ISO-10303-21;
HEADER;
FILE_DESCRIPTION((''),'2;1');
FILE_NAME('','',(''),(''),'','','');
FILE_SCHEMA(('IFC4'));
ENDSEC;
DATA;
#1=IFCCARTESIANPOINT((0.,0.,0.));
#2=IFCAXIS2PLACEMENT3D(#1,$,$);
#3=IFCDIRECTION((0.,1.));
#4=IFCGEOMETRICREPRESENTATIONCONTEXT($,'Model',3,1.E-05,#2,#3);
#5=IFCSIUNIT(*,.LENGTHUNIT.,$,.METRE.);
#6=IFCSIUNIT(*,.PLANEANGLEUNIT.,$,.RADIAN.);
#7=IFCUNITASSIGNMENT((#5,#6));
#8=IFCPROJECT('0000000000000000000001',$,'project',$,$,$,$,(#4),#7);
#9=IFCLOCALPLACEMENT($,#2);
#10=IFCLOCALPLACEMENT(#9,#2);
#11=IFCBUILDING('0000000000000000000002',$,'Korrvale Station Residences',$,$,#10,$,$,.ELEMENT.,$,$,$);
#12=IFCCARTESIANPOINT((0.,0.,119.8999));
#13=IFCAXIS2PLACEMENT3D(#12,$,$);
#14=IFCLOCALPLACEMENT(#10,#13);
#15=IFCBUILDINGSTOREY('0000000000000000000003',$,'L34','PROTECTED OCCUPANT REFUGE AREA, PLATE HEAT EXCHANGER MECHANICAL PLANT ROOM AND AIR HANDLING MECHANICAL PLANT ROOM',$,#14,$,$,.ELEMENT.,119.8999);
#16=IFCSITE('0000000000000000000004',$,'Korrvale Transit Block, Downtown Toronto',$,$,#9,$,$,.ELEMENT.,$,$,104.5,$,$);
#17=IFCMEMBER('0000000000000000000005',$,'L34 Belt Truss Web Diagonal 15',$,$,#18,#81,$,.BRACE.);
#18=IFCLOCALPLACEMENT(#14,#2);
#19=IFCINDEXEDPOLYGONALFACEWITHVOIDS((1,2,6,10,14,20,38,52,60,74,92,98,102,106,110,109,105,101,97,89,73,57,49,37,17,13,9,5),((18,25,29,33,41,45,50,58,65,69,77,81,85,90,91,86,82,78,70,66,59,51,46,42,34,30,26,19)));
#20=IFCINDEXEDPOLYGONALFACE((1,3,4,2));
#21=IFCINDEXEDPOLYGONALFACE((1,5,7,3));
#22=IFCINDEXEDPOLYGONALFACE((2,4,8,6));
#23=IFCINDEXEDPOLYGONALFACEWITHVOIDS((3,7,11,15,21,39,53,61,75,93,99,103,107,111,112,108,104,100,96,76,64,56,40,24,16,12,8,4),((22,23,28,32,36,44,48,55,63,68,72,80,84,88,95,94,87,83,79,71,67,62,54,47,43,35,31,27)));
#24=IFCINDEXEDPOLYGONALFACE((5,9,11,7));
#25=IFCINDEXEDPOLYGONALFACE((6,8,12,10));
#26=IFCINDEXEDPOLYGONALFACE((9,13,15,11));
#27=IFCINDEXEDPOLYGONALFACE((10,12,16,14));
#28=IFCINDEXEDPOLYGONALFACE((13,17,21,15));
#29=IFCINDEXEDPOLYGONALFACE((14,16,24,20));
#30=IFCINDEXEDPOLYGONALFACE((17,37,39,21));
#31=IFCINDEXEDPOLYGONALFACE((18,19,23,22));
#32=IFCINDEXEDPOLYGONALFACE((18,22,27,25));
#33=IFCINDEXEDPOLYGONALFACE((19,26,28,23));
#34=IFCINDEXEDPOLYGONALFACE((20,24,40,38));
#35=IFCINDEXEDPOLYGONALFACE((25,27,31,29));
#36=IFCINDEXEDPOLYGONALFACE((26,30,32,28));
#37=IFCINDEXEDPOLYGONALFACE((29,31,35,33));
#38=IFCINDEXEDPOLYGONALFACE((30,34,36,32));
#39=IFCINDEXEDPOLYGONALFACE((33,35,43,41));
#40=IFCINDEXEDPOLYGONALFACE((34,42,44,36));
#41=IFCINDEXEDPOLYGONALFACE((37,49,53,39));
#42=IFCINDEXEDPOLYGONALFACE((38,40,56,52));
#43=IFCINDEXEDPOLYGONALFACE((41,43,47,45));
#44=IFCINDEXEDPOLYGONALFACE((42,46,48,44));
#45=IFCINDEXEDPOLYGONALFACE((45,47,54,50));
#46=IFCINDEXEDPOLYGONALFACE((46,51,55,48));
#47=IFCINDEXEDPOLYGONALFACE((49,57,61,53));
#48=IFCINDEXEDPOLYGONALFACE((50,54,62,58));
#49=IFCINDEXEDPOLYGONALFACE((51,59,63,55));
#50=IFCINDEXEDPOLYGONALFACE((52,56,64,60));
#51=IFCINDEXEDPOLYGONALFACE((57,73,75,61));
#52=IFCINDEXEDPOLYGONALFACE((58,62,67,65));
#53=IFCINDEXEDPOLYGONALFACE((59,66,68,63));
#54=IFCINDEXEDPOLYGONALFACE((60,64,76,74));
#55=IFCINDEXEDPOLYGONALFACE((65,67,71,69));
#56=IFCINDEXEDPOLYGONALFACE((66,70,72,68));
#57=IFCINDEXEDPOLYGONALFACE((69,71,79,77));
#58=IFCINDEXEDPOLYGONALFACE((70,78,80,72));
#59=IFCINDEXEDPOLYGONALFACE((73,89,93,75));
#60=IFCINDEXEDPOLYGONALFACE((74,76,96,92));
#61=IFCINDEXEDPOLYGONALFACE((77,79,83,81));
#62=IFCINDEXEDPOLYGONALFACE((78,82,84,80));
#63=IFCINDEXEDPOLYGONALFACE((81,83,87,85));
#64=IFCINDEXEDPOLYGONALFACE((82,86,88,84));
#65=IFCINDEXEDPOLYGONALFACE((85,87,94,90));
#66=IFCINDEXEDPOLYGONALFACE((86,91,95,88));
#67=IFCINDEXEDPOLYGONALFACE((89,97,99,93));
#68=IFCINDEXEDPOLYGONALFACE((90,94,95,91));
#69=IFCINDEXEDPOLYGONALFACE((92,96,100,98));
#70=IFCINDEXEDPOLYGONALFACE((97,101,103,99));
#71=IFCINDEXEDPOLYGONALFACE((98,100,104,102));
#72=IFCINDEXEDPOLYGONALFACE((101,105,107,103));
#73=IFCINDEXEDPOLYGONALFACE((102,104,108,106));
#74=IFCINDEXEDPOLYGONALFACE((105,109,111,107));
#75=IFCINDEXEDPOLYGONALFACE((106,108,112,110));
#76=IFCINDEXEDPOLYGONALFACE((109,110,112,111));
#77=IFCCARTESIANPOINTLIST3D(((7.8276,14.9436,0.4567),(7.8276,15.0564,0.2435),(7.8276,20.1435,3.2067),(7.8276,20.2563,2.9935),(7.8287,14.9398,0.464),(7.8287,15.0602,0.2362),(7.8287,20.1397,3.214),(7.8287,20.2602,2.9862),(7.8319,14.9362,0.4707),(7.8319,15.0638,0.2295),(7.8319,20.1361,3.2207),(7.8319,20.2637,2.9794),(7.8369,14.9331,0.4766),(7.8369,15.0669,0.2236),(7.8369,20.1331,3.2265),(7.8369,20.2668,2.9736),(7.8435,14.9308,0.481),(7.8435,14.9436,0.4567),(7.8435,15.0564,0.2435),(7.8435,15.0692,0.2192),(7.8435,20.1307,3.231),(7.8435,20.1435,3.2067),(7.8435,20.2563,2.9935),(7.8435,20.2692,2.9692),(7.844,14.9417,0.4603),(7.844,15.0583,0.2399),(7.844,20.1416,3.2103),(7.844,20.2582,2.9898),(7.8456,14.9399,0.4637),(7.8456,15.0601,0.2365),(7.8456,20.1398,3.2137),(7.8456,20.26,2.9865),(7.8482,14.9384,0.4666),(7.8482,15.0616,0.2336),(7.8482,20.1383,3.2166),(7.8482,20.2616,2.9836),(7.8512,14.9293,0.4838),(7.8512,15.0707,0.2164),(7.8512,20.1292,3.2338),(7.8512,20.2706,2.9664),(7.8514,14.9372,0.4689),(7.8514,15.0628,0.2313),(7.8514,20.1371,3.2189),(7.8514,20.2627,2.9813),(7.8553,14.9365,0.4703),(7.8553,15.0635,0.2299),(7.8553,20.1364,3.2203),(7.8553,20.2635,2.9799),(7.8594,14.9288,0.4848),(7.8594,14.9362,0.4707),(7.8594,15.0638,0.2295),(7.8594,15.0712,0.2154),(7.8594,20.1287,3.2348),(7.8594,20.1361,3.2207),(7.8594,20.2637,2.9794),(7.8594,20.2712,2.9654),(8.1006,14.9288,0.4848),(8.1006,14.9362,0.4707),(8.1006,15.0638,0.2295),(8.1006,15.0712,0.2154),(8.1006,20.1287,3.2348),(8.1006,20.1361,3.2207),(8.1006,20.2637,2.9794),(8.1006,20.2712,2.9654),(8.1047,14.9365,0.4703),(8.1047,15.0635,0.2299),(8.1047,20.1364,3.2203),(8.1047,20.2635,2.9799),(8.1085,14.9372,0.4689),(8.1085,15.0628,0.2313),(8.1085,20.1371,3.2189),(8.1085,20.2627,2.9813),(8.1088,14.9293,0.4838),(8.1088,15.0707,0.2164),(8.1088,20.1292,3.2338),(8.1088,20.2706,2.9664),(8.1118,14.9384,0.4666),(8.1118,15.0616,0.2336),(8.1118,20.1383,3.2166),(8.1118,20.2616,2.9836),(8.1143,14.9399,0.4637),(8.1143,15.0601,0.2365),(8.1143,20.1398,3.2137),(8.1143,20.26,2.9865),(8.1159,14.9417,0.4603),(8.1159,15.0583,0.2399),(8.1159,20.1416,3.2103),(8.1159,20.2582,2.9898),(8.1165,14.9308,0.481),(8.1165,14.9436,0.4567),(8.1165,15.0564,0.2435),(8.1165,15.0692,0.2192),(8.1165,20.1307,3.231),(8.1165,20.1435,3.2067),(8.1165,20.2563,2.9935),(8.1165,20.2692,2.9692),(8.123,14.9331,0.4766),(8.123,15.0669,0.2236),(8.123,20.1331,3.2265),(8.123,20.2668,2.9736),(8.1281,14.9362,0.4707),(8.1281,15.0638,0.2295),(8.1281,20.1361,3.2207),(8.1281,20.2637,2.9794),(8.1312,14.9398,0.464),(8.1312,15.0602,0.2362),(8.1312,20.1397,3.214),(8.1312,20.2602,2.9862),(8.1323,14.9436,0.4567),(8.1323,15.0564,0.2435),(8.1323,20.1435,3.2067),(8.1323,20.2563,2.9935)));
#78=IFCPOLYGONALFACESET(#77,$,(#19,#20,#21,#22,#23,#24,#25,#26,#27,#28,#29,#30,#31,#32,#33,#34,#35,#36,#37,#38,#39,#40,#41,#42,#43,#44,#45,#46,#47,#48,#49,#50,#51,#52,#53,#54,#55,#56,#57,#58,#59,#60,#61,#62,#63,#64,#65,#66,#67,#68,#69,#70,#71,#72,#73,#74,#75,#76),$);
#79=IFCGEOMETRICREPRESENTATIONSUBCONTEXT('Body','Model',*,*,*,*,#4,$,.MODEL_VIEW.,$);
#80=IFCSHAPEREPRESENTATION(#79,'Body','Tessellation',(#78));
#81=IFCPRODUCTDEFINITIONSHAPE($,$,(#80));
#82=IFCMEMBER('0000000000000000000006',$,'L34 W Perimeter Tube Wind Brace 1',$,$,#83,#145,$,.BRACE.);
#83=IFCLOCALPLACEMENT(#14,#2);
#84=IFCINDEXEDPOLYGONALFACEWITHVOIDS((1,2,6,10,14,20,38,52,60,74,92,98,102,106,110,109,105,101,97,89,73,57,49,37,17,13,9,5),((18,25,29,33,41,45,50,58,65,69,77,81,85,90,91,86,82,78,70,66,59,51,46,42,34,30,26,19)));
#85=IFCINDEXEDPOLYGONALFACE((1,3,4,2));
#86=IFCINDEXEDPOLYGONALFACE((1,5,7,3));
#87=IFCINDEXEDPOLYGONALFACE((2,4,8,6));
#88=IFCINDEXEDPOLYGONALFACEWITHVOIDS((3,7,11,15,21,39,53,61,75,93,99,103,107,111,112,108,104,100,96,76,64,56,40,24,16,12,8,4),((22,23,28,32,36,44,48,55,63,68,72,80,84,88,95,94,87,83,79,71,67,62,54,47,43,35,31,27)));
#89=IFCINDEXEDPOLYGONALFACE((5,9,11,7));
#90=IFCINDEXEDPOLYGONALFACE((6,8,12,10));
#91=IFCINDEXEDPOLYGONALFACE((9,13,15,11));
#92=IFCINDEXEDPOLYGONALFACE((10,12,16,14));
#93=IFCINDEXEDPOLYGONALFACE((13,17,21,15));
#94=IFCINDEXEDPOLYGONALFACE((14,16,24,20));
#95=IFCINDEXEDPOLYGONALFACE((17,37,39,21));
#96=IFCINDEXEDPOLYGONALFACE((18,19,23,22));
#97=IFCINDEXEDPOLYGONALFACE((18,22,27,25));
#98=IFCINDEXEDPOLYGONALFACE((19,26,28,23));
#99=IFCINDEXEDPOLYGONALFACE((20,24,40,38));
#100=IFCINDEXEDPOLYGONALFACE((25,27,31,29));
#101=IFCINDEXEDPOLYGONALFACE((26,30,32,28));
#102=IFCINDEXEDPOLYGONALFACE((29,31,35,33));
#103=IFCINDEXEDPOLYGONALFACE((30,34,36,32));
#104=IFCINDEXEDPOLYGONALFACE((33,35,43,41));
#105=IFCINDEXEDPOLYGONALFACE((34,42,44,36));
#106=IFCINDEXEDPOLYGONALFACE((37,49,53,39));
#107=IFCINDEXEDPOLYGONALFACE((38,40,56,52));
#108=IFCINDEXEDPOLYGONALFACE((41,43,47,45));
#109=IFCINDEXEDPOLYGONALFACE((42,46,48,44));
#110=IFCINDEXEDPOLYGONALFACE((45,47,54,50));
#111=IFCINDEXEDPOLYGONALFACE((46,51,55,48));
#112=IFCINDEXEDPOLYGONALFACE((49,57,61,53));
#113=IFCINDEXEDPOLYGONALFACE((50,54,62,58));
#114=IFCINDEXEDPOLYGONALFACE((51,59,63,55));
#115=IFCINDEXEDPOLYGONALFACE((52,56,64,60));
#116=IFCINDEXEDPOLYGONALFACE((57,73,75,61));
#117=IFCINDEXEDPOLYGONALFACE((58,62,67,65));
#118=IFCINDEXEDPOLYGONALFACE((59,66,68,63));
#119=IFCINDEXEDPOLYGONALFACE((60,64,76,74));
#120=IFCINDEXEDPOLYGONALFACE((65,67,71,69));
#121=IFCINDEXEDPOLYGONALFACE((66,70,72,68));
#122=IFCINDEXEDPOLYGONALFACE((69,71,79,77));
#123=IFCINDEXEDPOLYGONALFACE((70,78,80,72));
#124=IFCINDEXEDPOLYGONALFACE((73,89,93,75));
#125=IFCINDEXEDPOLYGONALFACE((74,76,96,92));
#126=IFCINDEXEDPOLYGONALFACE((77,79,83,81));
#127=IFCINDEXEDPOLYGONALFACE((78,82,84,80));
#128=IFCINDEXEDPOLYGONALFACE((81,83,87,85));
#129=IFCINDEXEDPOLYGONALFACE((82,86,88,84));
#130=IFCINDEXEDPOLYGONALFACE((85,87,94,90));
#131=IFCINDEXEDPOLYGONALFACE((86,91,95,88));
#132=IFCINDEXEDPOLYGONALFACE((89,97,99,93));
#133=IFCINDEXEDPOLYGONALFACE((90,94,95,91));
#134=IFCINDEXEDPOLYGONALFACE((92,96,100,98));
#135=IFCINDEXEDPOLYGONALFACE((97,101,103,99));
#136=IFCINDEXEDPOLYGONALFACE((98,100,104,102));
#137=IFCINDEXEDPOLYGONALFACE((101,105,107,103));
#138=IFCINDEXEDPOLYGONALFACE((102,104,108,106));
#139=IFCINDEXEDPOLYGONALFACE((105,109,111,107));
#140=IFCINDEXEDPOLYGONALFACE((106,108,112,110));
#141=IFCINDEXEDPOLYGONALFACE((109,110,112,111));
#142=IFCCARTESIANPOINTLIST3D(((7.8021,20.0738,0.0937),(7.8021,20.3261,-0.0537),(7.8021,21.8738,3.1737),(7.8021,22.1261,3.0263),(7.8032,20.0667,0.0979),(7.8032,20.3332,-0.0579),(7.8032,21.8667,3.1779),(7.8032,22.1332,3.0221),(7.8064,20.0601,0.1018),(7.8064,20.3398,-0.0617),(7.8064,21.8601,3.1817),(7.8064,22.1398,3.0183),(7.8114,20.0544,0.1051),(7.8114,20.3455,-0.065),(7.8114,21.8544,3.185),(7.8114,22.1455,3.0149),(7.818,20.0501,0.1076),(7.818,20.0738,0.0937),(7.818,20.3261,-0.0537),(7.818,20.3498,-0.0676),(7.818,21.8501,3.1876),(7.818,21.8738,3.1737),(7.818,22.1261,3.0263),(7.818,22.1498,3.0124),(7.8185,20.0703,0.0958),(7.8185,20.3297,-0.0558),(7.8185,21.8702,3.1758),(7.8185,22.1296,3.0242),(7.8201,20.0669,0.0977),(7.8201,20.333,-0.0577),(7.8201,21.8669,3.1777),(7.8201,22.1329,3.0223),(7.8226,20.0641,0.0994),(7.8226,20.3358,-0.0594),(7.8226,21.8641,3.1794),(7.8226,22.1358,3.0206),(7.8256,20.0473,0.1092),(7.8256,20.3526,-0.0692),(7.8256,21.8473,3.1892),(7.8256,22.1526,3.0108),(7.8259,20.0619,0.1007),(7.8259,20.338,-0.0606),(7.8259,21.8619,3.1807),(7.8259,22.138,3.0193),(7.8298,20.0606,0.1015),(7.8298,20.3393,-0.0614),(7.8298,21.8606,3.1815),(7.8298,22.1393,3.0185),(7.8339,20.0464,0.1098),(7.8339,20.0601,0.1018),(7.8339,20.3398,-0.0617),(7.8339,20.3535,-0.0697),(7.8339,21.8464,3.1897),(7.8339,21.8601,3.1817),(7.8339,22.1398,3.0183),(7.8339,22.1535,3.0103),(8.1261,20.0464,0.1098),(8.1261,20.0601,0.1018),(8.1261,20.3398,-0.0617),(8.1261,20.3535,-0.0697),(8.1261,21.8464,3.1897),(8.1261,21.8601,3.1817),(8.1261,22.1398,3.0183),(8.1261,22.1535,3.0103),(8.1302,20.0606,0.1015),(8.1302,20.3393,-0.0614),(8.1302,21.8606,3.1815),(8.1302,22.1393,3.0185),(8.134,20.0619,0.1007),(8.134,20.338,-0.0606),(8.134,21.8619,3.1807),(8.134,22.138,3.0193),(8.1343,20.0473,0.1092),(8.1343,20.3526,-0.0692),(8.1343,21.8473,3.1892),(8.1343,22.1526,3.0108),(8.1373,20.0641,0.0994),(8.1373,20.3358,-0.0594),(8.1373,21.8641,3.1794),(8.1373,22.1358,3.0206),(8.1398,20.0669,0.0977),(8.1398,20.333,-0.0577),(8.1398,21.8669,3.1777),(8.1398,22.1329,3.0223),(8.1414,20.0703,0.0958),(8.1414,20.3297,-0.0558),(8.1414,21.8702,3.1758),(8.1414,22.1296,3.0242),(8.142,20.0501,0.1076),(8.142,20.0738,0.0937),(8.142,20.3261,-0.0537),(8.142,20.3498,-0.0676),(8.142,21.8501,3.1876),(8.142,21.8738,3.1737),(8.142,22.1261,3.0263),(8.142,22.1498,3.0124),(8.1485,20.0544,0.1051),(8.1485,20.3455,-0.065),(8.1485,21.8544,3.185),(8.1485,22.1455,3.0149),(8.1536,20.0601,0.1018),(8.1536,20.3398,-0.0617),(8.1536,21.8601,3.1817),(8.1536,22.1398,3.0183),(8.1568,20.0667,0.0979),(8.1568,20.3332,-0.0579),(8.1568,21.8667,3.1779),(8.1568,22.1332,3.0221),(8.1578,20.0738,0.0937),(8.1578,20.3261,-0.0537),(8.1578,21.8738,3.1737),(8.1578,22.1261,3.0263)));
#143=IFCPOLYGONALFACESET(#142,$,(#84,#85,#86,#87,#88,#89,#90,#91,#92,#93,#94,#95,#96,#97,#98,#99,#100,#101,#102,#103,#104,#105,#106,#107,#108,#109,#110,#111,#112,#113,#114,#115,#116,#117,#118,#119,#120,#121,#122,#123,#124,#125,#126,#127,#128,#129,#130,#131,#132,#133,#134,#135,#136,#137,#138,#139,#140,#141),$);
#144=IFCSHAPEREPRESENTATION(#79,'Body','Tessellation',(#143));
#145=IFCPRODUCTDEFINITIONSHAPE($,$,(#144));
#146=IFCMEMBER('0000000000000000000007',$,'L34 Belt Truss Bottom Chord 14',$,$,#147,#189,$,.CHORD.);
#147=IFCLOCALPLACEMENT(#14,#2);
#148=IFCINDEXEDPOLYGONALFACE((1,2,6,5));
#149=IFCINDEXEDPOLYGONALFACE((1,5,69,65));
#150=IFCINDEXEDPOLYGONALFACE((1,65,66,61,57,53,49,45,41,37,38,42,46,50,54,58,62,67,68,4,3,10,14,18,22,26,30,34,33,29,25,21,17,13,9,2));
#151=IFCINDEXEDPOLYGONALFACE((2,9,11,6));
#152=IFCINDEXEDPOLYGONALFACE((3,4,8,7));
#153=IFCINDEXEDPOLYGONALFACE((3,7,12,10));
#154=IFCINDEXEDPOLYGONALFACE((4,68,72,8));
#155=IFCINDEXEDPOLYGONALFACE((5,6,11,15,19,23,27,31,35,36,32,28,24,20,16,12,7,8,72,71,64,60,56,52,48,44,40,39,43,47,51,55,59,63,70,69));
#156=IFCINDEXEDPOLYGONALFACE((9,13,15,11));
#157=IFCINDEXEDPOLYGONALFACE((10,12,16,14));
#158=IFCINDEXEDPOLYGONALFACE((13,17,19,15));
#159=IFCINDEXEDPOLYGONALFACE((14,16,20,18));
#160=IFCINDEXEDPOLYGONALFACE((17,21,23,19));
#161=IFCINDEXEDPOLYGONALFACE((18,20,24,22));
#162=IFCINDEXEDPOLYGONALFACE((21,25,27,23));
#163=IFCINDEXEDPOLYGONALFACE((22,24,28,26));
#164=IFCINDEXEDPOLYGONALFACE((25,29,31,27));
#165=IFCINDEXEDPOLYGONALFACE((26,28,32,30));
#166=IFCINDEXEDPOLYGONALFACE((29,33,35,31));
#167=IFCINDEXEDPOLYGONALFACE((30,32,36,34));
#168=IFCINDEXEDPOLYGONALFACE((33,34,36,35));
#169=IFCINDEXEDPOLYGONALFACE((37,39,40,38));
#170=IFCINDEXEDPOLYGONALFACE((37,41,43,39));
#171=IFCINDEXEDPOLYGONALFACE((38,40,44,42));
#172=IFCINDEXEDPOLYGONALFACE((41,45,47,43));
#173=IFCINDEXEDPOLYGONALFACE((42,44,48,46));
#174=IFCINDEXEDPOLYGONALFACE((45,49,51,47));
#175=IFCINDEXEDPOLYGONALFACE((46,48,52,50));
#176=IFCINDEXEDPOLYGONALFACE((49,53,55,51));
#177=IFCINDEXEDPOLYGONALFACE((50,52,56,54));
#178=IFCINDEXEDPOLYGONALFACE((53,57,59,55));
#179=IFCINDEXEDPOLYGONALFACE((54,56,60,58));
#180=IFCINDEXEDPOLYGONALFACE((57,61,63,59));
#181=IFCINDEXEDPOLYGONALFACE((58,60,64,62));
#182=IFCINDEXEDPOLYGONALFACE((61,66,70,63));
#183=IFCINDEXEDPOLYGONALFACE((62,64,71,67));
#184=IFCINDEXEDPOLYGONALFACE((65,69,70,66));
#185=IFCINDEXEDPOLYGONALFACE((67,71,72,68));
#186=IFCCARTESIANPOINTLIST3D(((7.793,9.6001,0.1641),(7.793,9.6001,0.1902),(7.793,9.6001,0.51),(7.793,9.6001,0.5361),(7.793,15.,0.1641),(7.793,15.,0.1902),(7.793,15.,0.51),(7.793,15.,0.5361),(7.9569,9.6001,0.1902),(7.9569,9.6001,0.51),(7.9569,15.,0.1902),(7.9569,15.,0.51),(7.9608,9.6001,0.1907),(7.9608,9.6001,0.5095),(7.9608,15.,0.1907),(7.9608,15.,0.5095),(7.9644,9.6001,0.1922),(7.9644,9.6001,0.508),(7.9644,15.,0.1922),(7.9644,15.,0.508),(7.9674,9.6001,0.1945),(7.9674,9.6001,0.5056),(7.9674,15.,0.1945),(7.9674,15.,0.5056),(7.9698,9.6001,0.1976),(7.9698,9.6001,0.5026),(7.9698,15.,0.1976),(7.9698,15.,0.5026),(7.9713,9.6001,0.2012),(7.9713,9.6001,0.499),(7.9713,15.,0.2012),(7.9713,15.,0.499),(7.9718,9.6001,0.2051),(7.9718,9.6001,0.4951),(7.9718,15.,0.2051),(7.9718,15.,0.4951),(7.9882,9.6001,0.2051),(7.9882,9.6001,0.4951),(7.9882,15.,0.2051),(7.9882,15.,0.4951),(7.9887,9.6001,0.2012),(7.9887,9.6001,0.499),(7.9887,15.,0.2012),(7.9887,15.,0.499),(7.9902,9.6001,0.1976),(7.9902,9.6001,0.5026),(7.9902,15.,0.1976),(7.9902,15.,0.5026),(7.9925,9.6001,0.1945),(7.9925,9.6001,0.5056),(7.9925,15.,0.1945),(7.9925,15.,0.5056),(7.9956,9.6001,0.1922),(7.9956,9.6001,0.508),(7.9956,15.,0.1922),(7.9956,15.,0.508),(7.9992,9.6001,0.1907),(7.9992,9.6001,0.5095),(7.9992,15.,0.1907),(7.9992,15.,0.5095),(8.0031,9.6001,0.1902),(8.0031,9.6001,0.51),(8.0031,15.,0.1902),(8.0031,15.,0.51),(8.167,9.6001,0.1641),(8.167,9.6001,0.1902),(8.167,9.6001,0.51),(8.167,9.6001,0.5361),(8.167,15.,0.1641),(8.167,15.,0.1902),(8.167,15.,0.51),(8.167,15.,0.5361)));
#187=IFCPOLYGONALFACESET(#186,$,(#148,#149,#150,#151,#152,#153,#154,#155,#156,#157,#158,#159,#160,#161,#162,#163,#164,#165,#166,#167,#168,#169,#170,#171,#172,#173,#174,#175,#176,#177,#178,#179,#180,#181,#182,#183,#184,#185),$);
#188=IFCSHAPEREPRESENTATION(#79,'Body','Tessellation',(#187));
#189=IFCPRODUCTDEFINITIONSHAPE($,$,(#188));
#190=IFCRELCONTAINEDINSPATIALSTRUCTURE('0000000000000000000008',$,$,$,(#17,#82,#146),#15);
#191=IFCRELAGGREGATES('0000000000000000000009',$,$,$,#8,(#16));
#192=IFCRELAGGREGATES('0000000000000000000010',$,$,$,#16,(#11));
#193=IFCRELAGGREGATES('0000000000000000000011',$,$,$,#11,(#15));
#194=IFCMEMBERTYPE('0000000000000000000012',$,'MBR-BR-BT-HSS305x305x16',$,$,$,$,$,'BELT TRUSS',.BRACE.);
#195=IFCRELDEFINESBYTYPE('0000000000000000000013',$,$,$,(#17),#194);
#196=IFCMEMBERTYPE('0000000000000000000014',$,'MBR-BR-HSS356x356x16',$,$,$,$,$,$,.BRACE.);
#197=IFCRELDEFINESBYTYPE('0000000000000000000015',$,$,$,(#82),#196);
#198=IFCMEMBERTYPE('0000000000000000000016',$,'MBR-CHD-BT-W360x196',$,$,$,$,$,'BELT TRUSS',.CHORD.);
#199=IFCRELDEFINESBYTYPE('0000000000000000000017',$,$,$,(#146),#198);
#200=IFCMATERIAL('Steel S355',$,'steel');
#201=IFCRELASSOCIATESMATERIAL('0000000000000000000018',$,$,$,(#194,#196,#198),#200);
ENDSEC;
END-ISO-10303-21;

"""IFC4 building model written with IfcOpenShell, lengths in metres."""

from ifc_helpers import new_model, si_unit, direction, frame, origin, origin_2d, place, context, subcontext, project, spatial, hollow_rectangle, i_section, extrude, material, material_profile, profile_set, type_object, element, save


model = new_model("IFC4")

# Units and contexts
model_context = context("Model", 3, precision=1e-05, world=origin(), true_north=direction((0.0, 1.0)))
body_context = subcontext(model_context, "Body", "Model", "MODEL_VIEW")
ifc_project = project(units=[si_unit("LENGTHUNIT", "METRE"), si_unit("PLANEANGLEUNIT", "RADIAN")], contexts=[model_context])

# Site, building, storey
site_placement = place(None, origin())
site = spatial("IfcSite", under=ifc_project, at=site_placement, Name="Korrvale Transit Block, Downtown Toronto", CompositionType="ELEMENT", RefElevation=104.5)
building_placement = place(site_placement, origin())
building = spatial("IfcBuilding", under=site, at=building_placement, Name="Korrvale Station Residences", CompositionType="ELEMENT")
storey_placement = place(building_placement, frame((0.0, 0.0, 119.8999)))
storey = spatial("IfcBuildingStorey", under=building, at=storey_placement, Name="L34", Description="PROTECTED OCCUPANT REFUGE AREA, PLATE HEAT EXCHANGER MECHANICAL PLANT ROOM AND AIR HANDLING MECHANICAL PLANT ROOM", CompositionType="ELEMENT", Elevation=119.8999)

# Members
ifc_material_1 = material(Name="Steel S355", Category="steel")
ifc_material_profile_1 = material_profile(ifc_material_1, hollow_rectangle(XDim=0.3047, YDim=0.3047, WallThickness=0.0159, InnerFilletRadius=0.0159, OuterFilletRadius=0.0317, at=origin_2d()), Name="HSS305x305x16")
ifc_profile_set_1 = profile_set([ifc_material_profile_1], Name="Steel S355")
member_type_1 = type_object("IfcMemberType", Name="MBR-BR-BT-HSS305x305x16", ElementType="BELT TRUSS", PredefinedType="BRACE", material=ifc_profile_set_1)
member_1_placement = place(storey_placement, frame((7.98, 15.0, 0.3501), z_axis=(0.0, 0.883993, 0.467501), x_axis=(-1.0, 0.0, 0.0)))
element("IfcMember", 1, at=member_1_placement, inside=storey, type_object=member_type_1, Name="L34 Belt Truss Web Diagonal 15", PredefinedType="BRACE", context=body_context, shape_type="SweptSolid", body=[
    extrude(hollow_rectangle(XDim=0.3047, YDim=0.3047, WallThickness=0.0159, InnerFilletRadius=0.0159, OuterFilletRadius=0.0317, at=origin_2d()), origin(), (0.0, 0.0, 1.0), 5.8823),
])
ifc_material_profile_2 = material_profile(ifc_material_1, hollow_rectangle(XDim=0.3557, YDim=0.3557, WallThickness=0.0159, InnerFilletRadius=0.0159, OuterFilletRadius=0.0317, at=origin_2d()), Name="HSS356x356x16")
ifc_profile_set_2 = profile_set([ifc_material_profile_2], Name="Steel S355")
member_type_2 = type_object("IfcMemberType", Name="MBR-BR-HSS356x356x16", PredefinedType="BRACE", material=ifc_profile_set_2)
member_2_placement = place(storey_placement, frame((7.98, 20.2, 0.02), z_axis=(0.0, 0.504569, 0.863372), x_axis=(-1.0, 0.0, 0.0)))
element("IfcMember", 2, at=member_2_placement, inside=storey, type_object=member_type_2, Name="L34 W Perimeter Tube Wind Brace 1", PredefinedType="BRACE", context=body_context, shape_type="SweptSolid", body=[
    extrude(hollow_rectangle(XDim=0.3557, YDim=0.3557, WallThickness=0.0159, InnerFilletRadius=0.0159, OuterFilletRadius=0.0317, at=origin_2d()), origin(), (0.0, 0.0, 1.0), 3.5674),
])
ifc_material_profile_3 = material_profile(ifc_material_1, i_section(OverallWidth=0.374, OverallDepth=0.3721, WebThickness=0.0164, FlangeThickness=0.0261, FilletRadius=0.0149, at=origin_2d()), Name="W360x196")
ifc_profile_set_3 = profile_set([ifc_material_profile_3], Name="Steel S355")
member_type_3 = type_object("IfcMemberType", Name="MBR-CHD-BT-W360x196", ElementType="BELT TRUSS", PredefinedType="CHORD", material=ifc_profile_set_3)
member_3_placement = place(storey_placement, frame((7.98, 9.6001, 0.3501), z_axis=(0.0, 1.0, 0.0), x_axis=(-1.0, 0.0, 0.0)))
element("IfcMember", 3, at=member_3_placement, inside=storey, type_object=member_type_3, Name="L34 Belt Truss Bottom Chord 14", PredefinedType="CHORD", context=body_context, shape_type="SweptSolid", body=[
    extrude(i_section(OverallWidth=0.374, OverallDepth=0.3721, WebThickness=0.0164, FlangeThickness=0.0261, FilletRadius=0.0149, at=origin_2d()), origin(), (0.0, 0.0, 1.0), 5.3999),
])

save(model, "model.ifc")
